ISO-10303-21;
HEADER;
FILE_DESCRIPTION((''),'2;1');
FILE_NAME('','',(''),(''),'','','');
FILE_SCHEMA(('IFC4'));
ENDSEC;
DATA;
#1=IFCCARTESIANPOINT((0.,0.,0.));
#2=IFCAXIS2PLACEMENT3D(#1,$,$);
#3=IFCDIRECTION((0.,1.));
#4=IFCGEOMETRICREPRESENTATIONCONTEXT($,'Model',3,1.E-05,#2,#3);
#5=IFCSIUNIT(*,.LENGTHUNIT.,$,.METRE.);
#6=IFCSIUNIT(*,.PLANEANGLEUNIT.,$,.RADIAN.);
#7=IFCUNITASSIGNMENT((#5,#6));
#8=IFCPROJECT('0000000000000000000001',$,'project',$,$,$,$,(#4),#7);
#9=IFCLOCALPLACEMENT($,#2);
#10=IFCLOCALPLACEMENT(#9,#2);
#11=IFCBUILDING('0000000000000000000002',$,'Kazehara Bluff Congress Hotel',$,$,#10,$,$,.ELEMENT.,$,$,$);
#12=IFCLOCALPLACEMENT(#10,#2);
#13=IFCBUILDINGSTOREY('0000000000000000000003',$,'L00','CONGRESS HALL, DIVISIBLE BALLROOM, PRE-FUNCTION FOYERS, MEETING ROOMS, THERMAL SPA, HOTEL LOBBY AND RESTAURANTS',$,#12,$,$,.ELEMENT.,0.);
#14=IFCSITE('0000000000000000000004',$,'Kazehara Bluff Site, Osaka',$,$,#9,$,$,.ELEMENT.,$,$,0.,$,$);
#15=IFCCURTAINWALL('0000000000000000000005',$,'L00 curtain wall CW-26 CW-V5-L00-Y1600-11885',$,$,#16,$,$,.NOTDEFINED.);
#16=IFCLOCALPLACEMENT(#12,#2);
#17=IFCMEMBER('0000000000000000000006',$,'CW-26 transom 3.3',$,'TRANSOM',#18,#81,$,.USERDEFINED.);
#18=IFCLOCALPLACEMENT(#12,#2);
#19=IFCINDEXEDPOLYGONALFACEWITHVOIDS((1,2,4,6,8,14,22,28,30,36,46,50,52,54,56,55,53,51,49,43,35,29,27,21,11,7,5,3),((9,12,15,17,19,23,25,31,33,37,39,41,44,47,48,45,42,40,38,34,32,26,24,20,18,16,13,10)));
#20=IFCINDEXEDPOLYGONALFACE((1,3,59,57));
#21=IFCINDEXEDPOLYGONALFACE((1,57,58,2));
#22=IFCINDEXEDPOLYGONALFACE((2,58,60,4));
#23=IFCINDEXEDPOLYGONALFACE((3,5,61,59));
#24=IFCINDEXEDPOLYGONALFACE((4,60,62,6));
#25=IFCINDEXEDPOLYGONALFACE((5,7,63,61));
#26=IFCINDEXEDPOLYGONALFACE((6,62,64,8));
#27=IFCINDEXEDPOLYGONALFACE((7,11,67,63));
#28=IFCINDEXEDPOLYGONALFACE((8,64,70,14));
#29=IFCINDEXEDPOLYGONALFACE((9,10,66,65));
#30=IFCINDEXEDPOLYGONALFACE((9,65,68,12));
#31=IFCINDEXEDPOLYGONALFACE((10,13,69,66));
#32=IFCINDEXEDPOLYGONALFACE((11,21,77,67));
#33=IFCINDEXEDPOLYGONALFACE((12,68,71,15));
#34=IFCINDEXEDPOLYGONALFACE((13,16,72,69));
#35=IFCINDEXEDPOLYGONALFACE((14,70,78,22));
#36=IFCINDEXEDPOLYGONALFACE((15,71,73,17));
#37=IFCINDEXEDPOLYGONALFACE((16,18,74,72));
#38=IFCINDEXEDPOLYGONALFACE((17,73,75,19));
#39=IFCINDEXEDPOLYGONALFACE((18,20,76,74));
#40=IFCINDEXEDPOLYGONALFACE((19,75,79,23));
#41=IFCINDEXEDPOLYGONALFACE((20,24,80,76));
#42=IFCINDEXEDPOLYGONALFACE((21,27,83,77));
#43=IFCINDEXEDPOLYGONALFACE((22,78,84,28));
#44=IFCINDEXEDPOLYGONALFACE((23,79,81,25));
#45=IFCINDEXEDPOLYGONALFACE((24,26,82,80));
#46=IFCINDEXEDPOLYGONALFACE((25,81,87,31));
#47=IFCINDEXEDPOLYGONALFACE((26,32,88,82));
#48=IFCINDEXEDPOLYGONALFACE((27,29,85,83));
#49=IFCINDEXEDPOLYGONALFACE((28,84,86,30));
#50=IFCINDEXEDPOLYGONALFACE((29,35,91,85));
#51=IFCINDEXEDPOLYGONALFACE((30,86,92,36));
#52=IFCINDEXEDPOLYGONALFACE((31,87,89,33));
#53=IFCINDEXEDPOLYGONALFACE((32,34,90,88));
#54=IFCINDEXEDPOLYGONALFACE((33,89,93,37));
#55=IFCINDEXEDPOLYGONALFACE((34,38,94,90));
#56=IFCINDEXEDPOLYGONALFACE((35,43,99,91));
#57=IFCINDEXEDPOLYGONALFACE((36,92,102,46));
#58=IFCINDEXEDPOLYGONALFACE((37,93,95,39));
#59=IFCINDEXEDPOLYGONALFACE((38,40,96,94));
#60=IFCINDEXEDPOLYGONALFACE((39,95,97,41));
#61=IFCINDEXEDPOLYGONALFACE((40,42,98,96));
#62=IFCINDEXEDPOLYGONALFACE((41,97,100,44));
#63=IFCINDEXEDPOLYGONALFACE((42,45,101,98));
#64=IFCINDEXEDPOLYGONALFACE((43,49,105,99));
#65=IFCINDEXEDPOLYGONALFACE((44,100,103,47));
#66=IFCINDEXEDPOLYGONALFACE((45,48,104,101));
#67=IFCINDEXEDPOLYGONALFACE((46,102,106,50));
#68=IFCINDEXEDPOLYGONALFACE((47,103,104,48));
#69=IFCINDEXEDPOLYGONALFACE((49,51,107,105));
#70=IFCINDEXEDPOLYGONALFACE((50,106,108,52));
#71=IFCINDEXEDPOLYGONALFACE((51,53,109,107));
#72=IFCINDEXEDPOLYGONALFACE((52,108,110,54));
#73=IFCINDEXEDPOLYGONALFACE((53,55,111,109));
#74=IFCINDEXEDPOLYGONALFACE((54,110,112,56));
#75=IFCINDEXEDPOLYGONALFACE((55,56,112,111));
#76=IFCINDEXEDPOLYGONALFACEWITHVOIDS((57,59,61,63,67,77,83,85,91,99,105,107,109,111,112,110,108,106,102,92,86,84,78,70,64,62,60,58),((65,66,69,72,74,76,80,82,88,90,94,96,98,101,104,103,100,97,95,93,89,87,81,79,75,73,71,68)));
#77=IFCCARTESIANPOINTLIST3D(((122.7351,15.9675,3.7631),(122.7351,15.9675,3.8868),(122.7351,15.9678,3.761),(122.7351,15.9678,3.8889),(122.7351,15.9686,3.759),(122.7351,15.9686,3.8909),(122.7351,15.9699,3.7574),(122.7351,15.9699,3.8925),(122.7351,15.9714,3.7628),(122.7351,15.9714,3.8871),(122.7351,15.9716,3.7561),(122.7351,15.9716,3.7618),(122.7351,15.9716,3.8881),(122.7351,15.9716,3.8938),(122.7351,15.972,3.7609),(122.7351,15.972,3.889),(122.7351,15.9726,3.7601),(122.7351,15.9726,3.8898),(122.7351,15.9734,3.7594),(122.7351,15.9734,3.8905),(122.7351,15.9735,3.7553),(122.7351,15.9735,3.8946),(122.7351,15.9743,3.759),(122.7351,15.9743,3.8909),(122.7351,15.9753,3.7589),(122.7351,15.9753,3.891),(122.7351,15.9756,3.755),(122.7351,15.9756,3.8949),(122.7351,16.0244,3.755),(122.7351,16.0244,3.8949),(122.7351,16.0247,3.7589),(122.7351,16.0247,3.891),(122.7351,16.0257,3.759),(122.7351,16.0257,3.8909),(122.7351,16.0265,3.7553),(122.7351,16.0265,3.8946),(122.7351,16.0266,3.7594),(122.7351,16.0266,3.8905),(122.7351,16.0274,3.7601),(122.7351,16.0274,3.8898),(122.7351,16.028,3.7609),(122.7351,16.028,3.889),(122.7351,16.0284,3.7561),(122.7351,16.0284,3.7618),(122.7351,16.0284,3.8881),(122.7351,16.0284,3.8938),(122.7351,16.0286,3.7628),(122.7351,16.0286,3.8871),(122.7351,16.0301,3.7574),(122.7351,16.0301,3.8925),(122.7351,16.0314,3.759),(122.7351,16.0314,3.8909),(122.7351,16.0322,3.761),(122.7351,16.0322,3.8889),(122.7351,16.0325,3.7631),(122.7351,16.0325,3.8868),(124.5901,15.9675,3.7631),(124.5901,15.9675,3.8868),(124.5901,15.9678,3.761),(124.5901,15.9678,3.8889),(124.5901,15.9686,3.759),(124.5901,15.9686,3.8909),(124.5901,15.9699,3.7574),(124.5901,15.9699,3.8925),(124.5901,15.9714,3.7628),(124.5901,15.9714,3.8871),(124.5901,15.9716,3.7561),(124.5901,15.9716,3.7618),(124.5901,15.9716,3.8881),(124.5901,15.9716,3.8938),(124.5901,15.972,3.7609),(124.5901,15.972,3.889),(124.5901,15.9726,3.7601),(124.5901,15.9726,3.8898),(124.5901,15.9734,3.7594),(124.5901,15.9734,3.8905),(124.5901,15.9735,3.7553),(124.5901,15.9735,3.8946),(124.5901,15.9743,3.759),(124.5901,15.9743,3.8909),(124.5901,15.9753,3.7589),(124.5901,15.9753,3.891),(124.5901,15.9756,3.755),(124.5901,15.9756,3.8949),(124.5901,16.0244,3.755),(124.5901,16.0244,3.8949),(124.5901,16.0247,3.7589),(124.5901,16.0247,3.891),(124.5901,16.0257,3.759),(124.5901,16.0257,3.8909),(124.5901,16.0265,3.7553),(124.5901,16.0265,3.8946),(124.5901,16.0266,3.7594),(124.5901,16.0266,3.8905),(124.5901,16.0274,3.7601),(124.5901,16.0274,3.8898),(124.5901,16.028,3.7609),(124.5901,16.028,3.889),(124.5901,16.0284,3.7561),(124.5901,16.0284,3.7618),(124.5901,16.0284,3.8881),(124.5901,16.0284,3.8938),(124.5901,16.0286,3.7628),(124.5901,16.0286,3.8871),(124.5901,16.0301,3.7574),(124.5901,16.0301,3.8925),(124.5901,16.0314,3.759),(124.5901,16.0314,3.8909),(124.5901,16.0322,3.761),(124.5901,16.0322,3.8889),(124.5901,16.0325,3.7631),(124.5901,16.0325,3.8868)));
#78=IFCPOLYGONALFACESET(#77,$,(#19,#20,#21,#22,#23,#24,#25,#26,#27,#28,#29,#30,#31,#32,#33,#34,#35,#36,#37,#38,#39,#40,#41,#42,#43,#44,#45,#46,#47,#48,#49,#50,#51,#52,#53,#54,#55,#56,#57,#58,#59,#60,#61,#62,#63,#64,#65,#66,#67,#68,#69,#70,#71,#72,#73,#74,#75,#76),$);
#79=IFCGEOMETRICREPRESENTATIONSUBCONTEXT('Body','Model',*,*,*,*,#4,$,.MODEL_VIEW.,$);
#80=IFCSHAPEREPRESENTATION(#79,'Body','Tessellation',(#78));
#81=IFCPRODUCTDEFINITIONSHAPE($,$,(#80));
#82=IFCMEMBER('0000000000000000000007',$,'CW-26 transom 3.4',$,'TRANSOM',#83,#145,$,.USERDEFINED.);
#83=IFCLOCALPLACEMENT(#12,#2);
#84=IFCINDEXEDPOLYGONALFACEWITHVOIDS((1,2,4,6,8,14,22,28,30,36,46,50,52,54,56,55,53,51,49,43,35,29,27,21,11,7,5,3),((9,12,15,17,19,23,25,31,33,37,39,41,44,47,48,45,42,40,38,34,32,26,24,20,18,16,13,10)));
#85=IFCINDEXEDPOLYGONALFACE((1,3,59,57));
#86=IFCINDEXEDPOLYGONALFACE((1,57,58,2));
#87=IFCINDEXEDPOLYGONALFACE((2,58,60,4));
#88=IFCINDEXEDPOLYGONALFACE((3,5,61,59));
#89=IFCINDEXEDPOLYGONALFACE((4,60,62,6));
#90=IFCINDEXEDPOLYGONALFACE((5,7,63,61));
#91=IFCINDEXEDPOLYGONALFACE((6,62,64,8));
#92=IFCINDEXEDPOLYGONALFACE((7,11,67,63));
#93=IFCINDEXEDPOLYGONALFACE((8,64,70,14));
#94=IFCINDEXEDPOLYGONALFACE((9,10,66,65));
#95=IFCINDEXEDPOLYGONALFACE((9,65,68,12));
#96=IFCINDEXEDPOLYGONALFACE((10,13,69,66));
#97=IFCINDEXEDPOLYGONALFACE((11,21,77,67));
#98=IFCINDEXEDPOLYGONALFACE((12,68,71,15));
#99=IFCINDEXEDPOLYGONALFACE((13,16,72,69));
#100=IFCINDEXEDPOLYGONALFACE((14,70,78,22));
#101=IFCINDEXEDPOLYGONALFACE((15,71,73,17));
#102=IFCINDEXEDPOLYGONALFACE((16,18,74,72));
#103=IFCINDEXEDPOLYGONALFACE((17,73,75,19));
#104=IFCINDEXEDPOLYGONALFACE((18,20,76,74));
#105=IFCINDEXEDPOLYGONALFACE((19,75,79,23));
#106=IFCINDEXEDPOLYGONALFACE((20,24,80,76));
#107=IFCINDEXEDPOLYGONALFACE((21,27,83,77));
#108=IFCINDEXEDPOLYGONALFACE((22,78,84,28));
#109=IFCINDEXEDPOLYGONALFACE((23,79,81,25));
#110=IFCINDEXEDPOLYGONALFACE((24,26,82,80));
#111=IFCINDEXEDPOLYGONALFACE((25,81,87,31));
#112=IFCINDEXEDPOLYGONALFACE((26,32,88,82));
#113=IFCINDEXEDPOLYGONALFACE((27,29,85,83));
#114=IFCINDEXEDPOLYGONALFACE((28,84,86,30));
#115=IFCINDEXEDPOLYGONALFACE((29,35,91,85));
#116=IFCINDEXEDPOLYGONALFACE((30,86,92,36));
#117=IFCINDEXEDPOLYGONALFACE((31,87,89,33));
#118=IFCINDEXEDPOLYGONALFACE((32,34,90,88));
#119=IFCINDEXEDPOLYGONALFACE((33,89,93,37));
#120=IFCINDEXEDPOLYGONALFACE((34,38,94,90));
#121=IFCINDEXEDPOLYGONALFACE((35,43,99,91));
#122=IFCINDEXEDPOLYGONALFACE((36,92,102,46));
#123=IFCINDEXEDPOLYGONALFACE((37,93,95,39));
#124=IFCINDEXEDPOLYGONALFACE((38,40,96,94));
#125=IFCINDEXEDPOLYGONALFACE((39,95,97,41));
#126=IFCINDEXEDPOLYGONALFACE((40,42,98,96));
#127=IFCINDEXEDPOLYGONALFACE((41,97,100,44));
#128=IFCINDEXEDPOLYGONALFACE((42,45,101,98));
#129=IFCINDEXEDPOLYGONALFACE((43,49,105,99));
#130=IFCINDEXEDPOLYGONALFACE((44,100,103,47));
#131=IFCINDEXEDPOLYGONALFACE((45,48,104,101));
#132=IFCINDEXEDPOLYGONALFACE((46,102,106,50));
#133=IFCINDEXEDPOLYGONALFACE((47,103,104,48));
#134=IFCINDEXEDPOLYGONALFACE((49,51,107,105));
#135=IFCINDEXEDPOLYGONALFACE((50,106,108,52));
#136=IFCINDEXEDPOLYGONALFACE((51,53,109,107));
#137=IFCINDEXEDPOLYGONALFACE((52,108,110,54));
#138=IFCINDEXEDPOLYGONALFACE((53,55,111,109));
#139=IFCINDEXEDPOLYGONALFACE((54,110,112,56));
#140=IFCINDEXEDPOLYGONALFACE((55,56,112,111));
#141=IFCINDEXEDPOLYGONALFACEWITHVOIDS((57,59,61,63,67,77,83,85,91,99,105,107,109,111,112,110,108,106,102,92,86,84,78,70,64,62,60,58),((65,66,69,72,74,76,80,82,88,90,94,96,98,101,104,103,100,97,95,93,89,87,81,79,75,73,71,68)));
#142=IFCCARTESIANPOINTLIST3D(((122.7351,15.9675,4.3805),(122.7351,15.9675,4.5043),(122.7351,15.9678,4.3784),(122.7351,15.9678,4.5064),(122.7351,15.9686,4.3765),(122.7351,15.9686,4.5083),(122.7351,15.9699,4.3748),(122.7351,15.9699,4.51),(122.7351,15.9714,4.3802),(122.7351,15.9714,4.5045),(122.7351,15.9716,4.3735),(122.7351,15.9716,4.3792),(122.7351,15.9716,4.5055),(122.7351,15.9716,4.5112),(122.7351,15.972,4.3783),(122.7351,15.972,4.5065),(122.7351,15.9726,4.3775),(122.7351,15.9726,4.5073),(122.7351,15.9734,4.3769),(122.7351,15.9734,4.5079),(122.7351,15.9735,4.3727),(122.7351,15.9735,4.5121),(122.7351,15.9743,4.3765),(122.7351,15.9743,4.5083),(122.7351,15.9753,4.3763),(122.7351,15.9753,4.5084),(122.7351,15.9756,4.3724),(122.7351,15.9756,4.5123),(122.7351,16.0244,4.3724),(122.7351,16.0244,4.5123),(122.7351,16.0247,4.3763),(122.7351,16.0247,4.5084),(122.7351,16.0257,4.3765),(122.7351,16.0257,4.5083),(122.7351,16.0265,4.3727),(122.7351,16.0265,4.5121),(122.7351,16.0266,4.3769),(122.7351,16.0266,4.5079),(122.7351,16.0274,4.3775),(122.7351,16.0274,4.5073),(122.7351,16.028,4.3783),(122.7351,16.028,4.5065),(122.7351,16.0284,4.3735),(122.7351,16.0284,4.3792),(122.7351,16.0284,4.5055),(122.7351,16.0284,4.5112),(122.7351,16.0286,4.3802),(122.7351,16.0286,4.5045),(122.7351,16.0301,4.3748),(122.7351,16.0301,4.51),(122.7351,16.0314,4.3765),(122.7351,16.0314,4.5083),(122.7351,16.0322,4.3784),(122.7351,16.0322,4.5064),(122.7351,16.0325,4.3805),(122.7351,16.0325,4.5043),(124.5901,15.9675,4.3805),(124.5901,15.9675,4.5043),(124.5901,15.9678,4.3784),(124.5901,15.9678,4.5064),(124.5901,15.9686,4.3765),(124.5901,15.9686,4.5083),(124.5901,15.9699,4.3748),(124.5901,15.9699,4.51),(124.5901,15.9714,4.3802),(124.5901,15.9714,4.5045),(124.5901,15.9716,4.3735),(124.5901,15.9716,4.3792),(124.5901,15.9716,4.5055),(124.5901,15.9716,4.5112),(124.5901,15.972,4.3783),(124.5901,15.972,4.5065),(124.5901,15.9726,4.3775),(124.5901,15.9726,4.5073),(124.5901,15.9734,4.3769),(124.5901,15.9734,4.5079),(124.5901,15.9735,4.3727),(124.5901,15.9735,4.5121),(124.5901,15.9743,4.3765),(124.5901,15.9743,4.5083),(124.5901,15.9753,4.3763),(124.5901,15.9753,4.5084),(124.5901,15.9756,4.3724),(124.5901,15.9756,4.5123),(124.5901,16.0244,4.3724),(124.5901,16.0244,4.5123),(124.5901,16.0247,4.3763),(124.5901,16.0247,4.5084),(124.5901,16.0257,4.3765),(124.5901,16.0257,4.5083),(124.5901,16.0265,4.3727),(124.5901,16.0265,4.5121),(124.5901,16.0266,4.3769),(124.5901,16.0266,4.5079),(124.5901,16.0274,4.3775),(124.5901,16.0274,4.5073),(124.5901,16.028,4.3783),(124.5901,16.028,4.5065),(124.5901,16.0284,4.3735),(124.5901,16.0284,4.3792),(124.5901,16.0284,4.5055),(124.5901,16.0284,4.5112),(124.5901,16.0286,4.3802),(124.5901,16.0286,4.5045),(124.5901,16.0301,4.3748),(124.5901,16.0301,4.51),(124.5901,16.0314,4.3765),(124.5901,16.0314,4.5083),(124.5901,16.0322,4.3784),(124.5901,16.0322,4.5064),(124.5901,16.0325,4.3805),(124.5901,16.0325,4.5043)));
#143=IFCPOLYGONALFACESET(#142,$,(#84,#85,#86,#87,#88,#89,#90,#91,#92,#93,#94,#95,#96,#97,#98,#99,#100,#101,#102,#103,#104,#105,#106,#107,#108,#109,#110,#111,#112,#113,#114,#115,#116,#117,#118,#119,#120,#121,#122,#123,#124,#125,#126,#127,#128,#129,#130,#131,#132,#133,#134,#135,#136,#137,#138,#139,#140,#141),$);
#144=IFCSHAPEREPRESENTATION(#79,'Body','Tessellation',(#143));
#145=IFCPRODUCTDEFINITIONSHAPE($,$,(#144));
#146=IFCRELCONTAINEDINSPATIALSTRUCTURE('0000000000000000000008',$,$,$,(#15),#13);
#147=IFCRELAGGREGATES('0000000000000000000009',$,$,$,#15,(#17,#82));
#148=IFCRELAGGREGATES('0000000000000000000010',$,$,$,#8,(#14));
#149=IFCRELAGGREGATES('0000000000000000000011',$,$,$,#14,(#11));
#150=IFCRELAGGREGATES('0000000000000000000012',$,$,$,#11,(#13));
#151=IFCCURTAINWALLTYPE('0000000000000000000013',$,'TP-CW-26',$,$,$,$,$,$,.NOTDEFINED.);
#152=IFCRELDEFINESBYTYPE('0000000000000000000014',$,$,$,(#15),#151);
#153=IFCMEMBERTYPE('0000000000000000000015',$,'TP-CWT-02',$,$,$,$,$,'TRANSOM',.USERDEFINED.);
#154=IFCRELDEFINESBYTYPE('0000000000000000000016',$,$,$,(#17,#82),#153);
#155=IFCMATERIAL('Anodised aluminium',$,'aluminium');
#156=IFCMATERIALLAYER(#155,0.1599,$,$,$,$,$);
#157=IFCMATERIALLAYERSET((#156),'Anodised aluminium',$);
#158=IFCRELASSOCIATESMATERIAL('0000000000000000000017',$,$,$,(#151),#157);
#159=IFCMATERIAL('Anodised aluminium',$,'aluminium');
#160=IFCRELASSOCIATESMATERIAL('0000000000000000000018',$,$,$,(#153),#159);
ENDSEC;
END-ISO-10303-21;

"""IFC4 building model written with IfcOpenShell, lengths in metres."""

from ifc_helpers import new_model, si_unit, direction, frame, origin, origin_2d, place, context, subcontext, project, spatial, hollow_rectangle, extrude, material, layer, layer_set, material_profile, profile_set, type_object, element, aggregate, save


model = new_model("IFC4")

# Units and contexts
model_context = context("Model", 3, precision=1e-05, world=origin(), true_north=direction((0.0, 1.0)))
body_context = subcontext(model_context, "Body", "Model", "MODEL_VIEW")
ifc_project = project(units=[si_unit("LENGTHUNIT", "METRE"), si_unit("PLANEANGLEUNIT", "RADIAN")], contexts=[model_context])

# Site, building, storey
site_placement = place(None, origin())
site = spatial("IfcSite", under=ifc_project, at=site_placement, Name="Kazehara Bluff Site, Osaka", CompositionType="ELEMENT", RefElevation=0.0)
building_placement = place(site_placement, origin())
building = spatial("IfcBuilding", under=site, at=building_placement, Name="Kazehara Bluff Congress Hotel", CompositionType="ELEMENT")
storey_placement = place(building_placement, origin())
storey = spatial("IfcBuildingStorey", under=building, at=storey_placement, Name="L00", Description="CONGRESS HALL, DIVISIBLE BALLROOM, PRE-FUNCTION FOYERS, MEETING ROOMS, THERMAL SPA, HOTEL LOBBY AND RESTAURANTS", CompositionType="ELEMENT", Elevation=0.0)

# Curtain wall, members
ifc_material_1 = material(Name="Anodised aluminium", Category="aluminium")
ifc_layer_1 = layer(ifc_material_1, 0.1599)
ifc_layer_set_1 = layer_set([ifc_layer_1], Name="Anodised aluminium")
curtain_wall_type = type_object("IfcCurtainWallType", Name="TP-CW-26", PredefinedType="NOTDEFINED", material=ifc_layer_set_1)
curtain_wall_placement = place(storey_placement, origin())
curtain_wall = element("IfcCurtainWall", 1, at=curtain_wall_placement, inside=storey, type_object=curtain_wall_type, Name="L00 curtain wall CW-26 CW-V5-L00-Y1600-11885", PredefinedType="NOTDEFINED")
ifc_material_2 = material(Name="Anodised aluminium", Category="aluminium")
ifc_material_profile_1 = material_profile(ifc_material_2, hollow_rectangle(XDim=0.0649, YDim=0.1399, WallThickness=0.0039, InnerFilletRadius=0.0039, OuterFilletRadius=0.0081, at=origin_2d()))
ifc_profile_set_1 = profile_set([ifc_material_profile_1], Name="Anodised aluminium")
member_type_1 = type_object("IfcMemberType", Name="TP-CWT-02", ElementType="TRANSOM", PredefinedType="USERDEFINED", material=ifc_profile_set_1)
member_1_placement = place(storey_placement, frame((122.7351, 16.0, 3.825), z_axis=(1.0, 0.0, 0.0), x_axis=(0.0, 1.0, 0.0)))
member_1 = element("IfcMember", 2, at=member_1_placement, type_object=member_type_1, Name="CW-26 transom 3.3", ObjectType="TRANSOM", PredefinedType="USERDEFINED", context=body_context, shape_type="SweptSolid", body=[
    extrude(hollow_rectangle(XDim=0.0649, YDim=0.1399, WallThickness=0.0039, InnerFilletRadius=0.0039, OuterFilletRadius=0.0081, at=origin_2d()), origin(), (0.0, 0.0, 1.0), 1.855),
])
member_2_placement = place(storey_placement, frame((122.7351, 16.0, 4.4424), z_axis=(1.0, 0.0, 0.0), x_axis=(0.0, 1.0, 0.0)))
member_2 = element("IfcMember", 3, at=member_2_placement, type_object=member_type_1, Name="CW-26 transom 3.4", ObjectType="TRANSOM", PredefinedType="USERDEFINED", context=body_context, shape_type="SweptSolid", body=[
    extrude(hollow_rectangle(XDim=0.0649, YDim=0.1399, WallThickness=0.0039, InnerFilletRadius=0.0039, OuterFilletRadius=0.0081, at=origin_2d()), origin(), (0.0, 0.0, 1.0), 1.855),
])

aggregate(curtain_wall, [member_1, member_2])

save(model, "model.ifc")
